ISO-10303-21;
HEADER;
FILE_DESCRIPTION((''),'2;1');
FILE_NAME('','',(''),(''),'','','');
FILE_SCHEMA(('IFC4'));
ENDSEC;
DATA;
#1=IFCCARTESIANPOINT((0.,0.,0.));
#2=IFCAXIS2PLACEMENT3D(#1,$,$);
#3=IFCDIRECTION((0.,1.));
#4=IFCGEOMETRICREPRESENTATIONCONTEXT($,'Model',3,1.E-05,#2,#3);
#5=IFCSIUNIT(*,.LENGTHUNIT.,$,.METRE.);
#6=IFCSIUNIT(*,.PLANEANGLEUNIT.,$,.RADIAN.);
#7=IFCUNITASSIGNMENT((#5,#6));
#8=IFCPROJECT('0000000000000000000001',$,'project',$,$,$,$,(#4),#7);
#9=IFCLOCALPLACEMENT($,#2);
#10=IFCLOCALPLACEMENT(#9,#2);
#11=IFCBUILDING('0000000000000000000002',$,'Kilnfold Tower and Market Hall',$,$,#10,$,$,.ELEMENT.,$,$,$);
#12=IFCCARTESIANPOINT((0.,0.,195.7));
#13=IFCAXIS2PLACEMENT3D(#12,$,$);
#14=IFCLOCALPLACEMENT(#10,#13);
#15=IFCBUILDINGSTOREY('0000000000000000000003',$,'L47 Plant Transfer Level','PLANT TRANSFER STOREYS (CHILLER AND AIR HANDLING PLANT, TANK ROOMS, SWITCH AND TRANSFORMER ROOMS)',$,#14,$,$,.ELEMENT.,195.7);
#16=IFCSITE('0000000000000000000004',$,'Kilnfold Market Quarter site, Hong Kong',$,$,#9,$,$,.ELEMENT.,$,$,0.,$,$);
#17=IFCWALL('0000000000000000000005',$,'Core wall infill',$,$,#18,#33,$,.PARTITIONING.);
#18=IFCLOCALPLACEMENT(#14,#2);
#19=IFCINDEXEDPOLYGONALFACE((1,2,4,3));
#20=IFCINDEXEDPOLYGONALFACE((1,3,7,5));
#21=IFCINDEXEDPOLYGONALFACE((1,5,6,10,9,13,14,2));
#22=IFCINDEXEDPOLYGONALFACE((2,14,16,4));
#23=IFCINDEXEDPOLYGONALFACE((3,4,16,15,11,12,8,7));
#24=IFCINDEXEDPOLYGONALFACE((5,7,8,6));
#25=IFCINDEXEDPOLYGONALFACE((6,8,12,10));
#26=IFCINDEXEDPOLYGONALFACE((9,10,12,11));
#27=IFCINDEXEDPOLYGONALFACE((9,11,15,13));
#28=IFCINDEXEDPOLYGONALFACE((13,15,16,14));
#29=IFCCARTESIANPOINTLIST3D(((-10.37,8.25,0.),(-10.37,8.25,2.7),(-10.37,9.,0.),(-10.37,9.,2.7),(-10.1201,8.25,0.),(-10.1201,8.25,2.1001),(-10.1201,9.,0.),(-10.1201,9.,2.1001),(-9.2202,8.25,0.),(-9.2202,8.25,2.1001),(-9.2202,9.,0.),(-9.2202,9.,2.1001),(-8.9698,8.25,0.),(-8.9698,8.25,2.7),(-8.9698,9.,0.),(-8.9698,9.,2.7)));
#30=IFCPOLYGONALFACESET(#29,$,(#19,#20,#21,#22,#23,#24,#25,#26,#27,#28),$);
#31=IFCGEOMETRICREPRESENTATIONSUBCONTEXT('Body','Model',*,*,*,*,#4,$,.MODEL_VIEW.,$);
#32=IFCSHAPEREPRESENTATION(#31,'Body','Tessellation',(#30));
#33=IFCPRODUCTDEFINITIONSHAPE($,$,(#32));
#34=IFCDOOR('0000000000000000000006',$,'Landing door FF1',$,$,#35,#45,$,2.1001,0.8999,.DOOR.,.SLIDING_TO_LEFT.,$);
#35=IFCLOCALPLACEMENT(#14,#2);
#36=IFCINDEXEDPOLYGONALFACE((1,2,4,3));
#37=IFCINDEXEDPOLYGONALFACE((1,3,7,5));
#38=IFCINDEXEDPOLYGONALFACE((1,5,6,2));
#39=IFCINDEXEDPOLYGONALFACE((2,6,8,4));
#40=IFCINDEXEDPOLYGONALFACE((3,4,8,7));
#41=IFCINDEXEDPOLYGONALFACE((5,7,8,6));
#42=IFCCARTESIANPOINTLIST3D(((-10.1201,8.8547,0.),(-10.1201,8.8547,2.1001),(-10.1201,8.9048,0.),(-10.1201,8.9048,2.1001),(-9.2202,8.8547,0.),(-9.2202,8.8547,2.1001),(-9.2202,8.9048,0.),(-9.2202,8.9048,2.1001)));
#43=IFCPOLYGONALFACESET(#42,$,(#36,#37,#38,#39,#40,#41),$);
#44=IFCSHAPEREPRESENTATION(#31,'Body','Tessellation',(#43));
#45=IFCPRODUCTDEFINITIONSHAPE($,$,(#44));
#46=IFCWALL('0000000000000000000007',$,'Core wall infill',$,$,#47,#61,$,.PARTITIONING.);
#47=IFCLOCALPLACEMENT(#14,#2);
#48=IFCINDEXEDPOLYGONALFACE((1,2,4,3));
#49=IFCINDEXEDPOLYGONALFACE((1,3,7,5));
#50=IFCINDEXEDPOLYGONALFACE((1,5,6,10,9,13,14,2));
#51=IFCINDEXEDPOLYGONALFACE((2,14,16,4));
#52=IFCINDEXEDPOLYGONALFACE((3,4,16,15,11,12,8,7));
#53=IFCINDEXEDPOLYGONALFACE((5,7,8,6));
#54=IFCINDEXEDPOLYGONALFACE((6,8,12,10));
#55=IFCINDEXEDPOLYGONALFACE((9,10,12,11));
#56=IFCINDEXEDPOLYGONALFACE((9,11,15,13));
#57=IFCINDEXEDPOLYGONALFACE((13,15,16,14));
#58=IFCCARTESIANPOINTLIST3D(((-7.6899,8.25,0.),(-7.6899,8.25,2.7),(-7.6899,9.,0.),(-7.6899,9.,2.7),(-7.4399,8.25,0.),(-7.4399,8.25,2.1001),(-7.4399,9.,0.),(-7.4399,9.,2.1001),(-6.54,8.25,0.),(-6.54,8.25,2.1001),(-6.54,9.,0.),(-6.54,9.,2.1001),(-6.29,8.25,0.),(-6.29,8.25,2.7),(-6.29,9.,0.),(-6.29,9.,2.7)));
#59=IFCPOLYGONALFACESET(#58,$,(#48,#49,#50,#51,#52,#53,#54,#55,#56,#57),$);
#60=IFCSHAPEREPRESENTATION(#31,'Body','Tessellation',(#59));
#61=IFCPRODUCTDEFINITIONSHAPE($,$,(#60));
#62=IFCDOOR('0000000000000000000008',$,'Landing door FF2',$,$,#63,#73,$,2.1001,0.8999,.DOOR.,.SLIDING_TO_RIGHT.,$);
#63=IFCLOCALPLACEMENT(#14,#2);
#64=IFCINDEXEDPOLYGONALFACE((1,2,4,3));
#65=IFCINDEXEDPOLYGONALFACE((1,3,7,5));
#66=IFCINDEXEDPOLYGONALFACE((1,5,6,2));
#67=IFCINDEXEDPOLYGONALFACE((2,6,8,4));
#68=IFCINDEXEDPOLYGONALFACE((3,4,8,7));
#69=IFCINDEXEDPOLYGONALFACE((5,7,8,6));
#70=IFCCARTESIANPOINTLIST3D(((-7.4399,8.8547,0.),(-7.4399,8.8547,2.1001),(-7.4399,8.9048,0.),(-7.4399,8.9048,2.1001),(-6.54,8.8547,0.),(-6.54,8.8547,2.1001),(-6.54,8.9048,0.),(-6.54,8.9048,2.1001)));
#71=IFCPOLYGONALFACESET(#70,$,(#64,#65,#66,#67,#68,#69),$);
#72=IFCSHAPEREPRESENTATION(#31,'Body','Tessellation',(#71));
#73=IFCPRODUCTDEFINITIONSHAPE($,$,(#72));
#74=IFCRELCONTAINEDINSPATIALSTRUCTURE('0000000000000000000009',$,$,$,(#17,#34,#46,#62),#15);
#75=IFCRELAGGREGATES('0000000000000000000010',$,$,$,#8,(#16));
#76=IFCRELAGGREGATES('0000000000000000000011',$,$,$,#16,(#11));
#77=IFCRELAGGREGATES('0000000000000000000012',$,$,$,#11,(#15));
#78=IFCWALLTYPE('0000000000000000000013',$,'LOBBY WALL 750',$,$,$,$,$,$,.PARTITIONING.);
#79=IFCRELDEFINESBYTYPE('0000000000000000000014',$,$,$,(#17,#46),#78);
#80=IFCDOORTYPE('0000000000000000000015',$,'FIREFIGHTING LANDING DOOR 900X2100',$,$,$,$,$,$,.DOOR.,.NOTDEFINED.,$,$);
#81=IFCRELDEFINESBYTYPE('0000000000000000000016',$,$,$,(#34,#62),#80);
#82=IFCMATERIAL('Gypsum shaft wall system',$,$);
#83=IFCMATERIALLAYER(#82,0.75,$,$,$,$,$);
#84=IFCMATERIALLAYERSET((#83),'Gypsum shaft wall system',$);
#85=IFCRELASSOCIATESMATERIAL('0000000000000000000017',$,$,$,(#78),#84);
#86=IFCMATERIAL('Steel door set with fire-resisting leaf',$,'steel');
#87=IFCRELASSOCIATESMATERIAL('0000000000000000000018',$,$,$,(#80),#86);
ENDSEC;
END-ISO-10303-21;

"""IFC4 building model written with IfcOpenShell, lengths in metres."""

from ifc_helpers import new_model, si_unit, direction, frame, frame_2d, origin, place, context, subcontext, project, spatial, rectangle, extrude, source, transform, mapped, material, layer, layer_set, type_object, element, fill, save


model = new_model("IFC4")

# Units and contexts
model_context = context("Model", 3, precision=1e-05, world=origin(), true_north=direction((0.0, 1.0)))
body_context = subcontext(model_context, "Body", "Model", "MODEL_VIEW")
ifc_project = project(units=[si_unit("LENGTHUNIT", "METRE"), si_unit("PLANEANGLEUNIT", "RADIAN")], contexts=[model_context])

# Site, building, storey
site_placement = place(None, origin())
site = spatial("IfcSite", under=ifc_project, at=site_placement, Name="Kilnfold Market Quarter site, Hong Kong", CompositionType="ELEMENT", RefElevation=0.0)
building_placement = place(site_placement, origin())
building = spatial("IfcBuilding", under=site, at=building_placement, Name="Kilnfold Tower and Market Hall", CompositionType="ELEMENT")
storey_placement = place(building_placement, frame((0.0, 0.0, 195.7)))
storey = spatial("IfcBuildingStorey", under=building, at=storey_placement, Name="L47 Plant Transfer Level", Description="PLANT TRANSFER STOREYS (CHILLER AND AIR HANDLING PLANT, TANK ROOMS, SWITCH AND TRANSFORMER ROOMS)", CompositionType="ELEMENT", Elevation=195.7)

# Walls, openings, doors
ifc_material_1 = material(Name="Gypsum shaft wall system")
ifc_layer_1 = layer(ifc_material_1, 0.75)
ifc_layer_set_1 = layer_set([ifc_layer_1], Name="Gypsum shaft wall system")
wall_type_1 = type_object("IfcWallType", Name="LOBBY WALL 750", PredefinedType="PARTITIONING", material=ifc_layer_set_1)
shared_shape_1 = source(origin(), body_context, "Body", "SweptSolid", [
    extrude(rectangle(XDim=1.4001, YDim=0.75, at=frame_2d((0.7002, 0.0))), origin(), (0.0, 0.0, 1.0), 2.7),
])
wall_1_placement = place(storey_placement, frame((-10.3701, 8.625, 0.0), z_axis=(0.0, 0.0, 1.0), x_axis=(1.0, 0.0, 0.0)))
wall_1 = element("IfcWall", 1, at=wall_1_placement, inside=storey, type_object=wall_type_1, Name="Core wall infill", PredefinedType="PARTITIONING", context=body_context, shape_type="MappedRepresentation", body=[
    mapped(shared_shape_1, transform((0.0, 0.0, 0.0))),
])
opening_1_placement = place(wall_1_placement, frame((0.25, 0.0, 0.0)))
opening_1 = element("IfcOpeningElement", 2, at=opening_1_placement, cuts=wall_1, PredefinedType="OPENING", context=body_context, shape_type="SweptSolid", body=[
    extrude(rectangle(XDim=0.8999, YDim=2.1001, at=frame_2d((0.45, 1.05))), frame((0.0, 0.385, 0.0), z_axis=(0.0, -1.0, 0.0), x_axis=(1.0, 0.0, 0.0)), (0.0, 0.0, 1.0), 0.77),
])
ifc_material_2 = material(Name="Steel door set with fire-resisting leaf", Category="steel")
door_type_1 = type_object("IfcDoorType", Name="FIREFIGHTING LANDING DOOR 900X2100", OperationType="NOTDEFINED", PredefinedType="DOOR", material=ifc_material_2)
door_1_placement = place(opening_1_placement, origin())
door_1 = element("IfcDoor", 3, at=door_1_placement, inside=storey, type_object=door_type_1, Name="Landing door FF1", OperationType="SLIDING_TO_LEFT", OverallHeight=2.1001, OverallWidth=0.8999, PredefinedType="DOOR", context=body_context, shape_type="SweptSolid", body=[
    extrude(rectangle(XDim=0.8999, YDim=2.1001, at=frame_2d((0.45, 1.05))), frame((0.0, 0.2798, 0.0), z_axis=(0.0, -1.0, 0.0), x_axis=(1.0, 0.0, 0.0)), (0.0, 0.0, 1.0), 0.05),
])
fill(opening_1, door_1)
shared_shape_2 = source(origin(), body_context, "Body", "SweptSolid", [
    extrude(rectangle(XDim=1.3999, YDim=0.75, at=frame_2d((0.7, 0.0))), origin(), (0.0, 0.0, 1.0), 2.7),
])
wall_2_placement = place(storey_placement, frame((-7.6899, 8.625, 0.0), z_axis=(0.0, 0.0, 1.0), x_axis=(1.0, 0.0, 0.0)))
wall_2 = element("IfcWall", 4, at=wall_2_placement, inside=storey, type_object=wall_type_1, Name="Core wall infill", PredefinedType="PARTITIONING", context=body_context, shape_type="MappedRepresentation", body=[
    mapped(shared_shape_2, transform((0.0, 0.0, 0.0))),
])
opening_2_placement = place(wall_2_placement, frame((0.25, 0.0, 0.0)))
opening_2 = element("IfcOpeningElement", 5, at=opening_2_placement, cuts=wall_2, PredefinedType="OPENING", context=body_context, shape_type="SweptSolid", body=[
    extrude(rectangle(XDim=0.8999, YDim=2.1001, at=frame_2d((0.45, 1.05))), frame((0.0, 0.385, 0.0), z_axis=(0.0, -1.0, 0.0), x_axis=(1.0, 0.0, 0.0)), (0.0, 0.0, 1.0), 0.77),
])
door_2_placement = place(opening_2_placement, origin())
door_2 = element("IfcDoor", 6, at=door_2_placement, inside=storey, type_object=door_type_1, Name="Landing door FF2", OperationType="SLIDING_TO_RIGHT", OverallHeight=2.1001, OverallWidth=0.8999, PredefinedType="DOOR", context=body_context, shape_type="SweptSolid", body=[
    extrude(rectangle(XDim=0.8999, YDim=2.1001, at=frame_2d((0.45, 1.05))), frame((0.0, 0.2798, 0.0), z_axis=(0.0, -1.0, 0.0), x_axis=(1.0, 0.0, 0.0)), (0.0, 0.0, 1.0), 0.05),
])
fill(opening_2, door_2)

save(model, "model.ifc")
